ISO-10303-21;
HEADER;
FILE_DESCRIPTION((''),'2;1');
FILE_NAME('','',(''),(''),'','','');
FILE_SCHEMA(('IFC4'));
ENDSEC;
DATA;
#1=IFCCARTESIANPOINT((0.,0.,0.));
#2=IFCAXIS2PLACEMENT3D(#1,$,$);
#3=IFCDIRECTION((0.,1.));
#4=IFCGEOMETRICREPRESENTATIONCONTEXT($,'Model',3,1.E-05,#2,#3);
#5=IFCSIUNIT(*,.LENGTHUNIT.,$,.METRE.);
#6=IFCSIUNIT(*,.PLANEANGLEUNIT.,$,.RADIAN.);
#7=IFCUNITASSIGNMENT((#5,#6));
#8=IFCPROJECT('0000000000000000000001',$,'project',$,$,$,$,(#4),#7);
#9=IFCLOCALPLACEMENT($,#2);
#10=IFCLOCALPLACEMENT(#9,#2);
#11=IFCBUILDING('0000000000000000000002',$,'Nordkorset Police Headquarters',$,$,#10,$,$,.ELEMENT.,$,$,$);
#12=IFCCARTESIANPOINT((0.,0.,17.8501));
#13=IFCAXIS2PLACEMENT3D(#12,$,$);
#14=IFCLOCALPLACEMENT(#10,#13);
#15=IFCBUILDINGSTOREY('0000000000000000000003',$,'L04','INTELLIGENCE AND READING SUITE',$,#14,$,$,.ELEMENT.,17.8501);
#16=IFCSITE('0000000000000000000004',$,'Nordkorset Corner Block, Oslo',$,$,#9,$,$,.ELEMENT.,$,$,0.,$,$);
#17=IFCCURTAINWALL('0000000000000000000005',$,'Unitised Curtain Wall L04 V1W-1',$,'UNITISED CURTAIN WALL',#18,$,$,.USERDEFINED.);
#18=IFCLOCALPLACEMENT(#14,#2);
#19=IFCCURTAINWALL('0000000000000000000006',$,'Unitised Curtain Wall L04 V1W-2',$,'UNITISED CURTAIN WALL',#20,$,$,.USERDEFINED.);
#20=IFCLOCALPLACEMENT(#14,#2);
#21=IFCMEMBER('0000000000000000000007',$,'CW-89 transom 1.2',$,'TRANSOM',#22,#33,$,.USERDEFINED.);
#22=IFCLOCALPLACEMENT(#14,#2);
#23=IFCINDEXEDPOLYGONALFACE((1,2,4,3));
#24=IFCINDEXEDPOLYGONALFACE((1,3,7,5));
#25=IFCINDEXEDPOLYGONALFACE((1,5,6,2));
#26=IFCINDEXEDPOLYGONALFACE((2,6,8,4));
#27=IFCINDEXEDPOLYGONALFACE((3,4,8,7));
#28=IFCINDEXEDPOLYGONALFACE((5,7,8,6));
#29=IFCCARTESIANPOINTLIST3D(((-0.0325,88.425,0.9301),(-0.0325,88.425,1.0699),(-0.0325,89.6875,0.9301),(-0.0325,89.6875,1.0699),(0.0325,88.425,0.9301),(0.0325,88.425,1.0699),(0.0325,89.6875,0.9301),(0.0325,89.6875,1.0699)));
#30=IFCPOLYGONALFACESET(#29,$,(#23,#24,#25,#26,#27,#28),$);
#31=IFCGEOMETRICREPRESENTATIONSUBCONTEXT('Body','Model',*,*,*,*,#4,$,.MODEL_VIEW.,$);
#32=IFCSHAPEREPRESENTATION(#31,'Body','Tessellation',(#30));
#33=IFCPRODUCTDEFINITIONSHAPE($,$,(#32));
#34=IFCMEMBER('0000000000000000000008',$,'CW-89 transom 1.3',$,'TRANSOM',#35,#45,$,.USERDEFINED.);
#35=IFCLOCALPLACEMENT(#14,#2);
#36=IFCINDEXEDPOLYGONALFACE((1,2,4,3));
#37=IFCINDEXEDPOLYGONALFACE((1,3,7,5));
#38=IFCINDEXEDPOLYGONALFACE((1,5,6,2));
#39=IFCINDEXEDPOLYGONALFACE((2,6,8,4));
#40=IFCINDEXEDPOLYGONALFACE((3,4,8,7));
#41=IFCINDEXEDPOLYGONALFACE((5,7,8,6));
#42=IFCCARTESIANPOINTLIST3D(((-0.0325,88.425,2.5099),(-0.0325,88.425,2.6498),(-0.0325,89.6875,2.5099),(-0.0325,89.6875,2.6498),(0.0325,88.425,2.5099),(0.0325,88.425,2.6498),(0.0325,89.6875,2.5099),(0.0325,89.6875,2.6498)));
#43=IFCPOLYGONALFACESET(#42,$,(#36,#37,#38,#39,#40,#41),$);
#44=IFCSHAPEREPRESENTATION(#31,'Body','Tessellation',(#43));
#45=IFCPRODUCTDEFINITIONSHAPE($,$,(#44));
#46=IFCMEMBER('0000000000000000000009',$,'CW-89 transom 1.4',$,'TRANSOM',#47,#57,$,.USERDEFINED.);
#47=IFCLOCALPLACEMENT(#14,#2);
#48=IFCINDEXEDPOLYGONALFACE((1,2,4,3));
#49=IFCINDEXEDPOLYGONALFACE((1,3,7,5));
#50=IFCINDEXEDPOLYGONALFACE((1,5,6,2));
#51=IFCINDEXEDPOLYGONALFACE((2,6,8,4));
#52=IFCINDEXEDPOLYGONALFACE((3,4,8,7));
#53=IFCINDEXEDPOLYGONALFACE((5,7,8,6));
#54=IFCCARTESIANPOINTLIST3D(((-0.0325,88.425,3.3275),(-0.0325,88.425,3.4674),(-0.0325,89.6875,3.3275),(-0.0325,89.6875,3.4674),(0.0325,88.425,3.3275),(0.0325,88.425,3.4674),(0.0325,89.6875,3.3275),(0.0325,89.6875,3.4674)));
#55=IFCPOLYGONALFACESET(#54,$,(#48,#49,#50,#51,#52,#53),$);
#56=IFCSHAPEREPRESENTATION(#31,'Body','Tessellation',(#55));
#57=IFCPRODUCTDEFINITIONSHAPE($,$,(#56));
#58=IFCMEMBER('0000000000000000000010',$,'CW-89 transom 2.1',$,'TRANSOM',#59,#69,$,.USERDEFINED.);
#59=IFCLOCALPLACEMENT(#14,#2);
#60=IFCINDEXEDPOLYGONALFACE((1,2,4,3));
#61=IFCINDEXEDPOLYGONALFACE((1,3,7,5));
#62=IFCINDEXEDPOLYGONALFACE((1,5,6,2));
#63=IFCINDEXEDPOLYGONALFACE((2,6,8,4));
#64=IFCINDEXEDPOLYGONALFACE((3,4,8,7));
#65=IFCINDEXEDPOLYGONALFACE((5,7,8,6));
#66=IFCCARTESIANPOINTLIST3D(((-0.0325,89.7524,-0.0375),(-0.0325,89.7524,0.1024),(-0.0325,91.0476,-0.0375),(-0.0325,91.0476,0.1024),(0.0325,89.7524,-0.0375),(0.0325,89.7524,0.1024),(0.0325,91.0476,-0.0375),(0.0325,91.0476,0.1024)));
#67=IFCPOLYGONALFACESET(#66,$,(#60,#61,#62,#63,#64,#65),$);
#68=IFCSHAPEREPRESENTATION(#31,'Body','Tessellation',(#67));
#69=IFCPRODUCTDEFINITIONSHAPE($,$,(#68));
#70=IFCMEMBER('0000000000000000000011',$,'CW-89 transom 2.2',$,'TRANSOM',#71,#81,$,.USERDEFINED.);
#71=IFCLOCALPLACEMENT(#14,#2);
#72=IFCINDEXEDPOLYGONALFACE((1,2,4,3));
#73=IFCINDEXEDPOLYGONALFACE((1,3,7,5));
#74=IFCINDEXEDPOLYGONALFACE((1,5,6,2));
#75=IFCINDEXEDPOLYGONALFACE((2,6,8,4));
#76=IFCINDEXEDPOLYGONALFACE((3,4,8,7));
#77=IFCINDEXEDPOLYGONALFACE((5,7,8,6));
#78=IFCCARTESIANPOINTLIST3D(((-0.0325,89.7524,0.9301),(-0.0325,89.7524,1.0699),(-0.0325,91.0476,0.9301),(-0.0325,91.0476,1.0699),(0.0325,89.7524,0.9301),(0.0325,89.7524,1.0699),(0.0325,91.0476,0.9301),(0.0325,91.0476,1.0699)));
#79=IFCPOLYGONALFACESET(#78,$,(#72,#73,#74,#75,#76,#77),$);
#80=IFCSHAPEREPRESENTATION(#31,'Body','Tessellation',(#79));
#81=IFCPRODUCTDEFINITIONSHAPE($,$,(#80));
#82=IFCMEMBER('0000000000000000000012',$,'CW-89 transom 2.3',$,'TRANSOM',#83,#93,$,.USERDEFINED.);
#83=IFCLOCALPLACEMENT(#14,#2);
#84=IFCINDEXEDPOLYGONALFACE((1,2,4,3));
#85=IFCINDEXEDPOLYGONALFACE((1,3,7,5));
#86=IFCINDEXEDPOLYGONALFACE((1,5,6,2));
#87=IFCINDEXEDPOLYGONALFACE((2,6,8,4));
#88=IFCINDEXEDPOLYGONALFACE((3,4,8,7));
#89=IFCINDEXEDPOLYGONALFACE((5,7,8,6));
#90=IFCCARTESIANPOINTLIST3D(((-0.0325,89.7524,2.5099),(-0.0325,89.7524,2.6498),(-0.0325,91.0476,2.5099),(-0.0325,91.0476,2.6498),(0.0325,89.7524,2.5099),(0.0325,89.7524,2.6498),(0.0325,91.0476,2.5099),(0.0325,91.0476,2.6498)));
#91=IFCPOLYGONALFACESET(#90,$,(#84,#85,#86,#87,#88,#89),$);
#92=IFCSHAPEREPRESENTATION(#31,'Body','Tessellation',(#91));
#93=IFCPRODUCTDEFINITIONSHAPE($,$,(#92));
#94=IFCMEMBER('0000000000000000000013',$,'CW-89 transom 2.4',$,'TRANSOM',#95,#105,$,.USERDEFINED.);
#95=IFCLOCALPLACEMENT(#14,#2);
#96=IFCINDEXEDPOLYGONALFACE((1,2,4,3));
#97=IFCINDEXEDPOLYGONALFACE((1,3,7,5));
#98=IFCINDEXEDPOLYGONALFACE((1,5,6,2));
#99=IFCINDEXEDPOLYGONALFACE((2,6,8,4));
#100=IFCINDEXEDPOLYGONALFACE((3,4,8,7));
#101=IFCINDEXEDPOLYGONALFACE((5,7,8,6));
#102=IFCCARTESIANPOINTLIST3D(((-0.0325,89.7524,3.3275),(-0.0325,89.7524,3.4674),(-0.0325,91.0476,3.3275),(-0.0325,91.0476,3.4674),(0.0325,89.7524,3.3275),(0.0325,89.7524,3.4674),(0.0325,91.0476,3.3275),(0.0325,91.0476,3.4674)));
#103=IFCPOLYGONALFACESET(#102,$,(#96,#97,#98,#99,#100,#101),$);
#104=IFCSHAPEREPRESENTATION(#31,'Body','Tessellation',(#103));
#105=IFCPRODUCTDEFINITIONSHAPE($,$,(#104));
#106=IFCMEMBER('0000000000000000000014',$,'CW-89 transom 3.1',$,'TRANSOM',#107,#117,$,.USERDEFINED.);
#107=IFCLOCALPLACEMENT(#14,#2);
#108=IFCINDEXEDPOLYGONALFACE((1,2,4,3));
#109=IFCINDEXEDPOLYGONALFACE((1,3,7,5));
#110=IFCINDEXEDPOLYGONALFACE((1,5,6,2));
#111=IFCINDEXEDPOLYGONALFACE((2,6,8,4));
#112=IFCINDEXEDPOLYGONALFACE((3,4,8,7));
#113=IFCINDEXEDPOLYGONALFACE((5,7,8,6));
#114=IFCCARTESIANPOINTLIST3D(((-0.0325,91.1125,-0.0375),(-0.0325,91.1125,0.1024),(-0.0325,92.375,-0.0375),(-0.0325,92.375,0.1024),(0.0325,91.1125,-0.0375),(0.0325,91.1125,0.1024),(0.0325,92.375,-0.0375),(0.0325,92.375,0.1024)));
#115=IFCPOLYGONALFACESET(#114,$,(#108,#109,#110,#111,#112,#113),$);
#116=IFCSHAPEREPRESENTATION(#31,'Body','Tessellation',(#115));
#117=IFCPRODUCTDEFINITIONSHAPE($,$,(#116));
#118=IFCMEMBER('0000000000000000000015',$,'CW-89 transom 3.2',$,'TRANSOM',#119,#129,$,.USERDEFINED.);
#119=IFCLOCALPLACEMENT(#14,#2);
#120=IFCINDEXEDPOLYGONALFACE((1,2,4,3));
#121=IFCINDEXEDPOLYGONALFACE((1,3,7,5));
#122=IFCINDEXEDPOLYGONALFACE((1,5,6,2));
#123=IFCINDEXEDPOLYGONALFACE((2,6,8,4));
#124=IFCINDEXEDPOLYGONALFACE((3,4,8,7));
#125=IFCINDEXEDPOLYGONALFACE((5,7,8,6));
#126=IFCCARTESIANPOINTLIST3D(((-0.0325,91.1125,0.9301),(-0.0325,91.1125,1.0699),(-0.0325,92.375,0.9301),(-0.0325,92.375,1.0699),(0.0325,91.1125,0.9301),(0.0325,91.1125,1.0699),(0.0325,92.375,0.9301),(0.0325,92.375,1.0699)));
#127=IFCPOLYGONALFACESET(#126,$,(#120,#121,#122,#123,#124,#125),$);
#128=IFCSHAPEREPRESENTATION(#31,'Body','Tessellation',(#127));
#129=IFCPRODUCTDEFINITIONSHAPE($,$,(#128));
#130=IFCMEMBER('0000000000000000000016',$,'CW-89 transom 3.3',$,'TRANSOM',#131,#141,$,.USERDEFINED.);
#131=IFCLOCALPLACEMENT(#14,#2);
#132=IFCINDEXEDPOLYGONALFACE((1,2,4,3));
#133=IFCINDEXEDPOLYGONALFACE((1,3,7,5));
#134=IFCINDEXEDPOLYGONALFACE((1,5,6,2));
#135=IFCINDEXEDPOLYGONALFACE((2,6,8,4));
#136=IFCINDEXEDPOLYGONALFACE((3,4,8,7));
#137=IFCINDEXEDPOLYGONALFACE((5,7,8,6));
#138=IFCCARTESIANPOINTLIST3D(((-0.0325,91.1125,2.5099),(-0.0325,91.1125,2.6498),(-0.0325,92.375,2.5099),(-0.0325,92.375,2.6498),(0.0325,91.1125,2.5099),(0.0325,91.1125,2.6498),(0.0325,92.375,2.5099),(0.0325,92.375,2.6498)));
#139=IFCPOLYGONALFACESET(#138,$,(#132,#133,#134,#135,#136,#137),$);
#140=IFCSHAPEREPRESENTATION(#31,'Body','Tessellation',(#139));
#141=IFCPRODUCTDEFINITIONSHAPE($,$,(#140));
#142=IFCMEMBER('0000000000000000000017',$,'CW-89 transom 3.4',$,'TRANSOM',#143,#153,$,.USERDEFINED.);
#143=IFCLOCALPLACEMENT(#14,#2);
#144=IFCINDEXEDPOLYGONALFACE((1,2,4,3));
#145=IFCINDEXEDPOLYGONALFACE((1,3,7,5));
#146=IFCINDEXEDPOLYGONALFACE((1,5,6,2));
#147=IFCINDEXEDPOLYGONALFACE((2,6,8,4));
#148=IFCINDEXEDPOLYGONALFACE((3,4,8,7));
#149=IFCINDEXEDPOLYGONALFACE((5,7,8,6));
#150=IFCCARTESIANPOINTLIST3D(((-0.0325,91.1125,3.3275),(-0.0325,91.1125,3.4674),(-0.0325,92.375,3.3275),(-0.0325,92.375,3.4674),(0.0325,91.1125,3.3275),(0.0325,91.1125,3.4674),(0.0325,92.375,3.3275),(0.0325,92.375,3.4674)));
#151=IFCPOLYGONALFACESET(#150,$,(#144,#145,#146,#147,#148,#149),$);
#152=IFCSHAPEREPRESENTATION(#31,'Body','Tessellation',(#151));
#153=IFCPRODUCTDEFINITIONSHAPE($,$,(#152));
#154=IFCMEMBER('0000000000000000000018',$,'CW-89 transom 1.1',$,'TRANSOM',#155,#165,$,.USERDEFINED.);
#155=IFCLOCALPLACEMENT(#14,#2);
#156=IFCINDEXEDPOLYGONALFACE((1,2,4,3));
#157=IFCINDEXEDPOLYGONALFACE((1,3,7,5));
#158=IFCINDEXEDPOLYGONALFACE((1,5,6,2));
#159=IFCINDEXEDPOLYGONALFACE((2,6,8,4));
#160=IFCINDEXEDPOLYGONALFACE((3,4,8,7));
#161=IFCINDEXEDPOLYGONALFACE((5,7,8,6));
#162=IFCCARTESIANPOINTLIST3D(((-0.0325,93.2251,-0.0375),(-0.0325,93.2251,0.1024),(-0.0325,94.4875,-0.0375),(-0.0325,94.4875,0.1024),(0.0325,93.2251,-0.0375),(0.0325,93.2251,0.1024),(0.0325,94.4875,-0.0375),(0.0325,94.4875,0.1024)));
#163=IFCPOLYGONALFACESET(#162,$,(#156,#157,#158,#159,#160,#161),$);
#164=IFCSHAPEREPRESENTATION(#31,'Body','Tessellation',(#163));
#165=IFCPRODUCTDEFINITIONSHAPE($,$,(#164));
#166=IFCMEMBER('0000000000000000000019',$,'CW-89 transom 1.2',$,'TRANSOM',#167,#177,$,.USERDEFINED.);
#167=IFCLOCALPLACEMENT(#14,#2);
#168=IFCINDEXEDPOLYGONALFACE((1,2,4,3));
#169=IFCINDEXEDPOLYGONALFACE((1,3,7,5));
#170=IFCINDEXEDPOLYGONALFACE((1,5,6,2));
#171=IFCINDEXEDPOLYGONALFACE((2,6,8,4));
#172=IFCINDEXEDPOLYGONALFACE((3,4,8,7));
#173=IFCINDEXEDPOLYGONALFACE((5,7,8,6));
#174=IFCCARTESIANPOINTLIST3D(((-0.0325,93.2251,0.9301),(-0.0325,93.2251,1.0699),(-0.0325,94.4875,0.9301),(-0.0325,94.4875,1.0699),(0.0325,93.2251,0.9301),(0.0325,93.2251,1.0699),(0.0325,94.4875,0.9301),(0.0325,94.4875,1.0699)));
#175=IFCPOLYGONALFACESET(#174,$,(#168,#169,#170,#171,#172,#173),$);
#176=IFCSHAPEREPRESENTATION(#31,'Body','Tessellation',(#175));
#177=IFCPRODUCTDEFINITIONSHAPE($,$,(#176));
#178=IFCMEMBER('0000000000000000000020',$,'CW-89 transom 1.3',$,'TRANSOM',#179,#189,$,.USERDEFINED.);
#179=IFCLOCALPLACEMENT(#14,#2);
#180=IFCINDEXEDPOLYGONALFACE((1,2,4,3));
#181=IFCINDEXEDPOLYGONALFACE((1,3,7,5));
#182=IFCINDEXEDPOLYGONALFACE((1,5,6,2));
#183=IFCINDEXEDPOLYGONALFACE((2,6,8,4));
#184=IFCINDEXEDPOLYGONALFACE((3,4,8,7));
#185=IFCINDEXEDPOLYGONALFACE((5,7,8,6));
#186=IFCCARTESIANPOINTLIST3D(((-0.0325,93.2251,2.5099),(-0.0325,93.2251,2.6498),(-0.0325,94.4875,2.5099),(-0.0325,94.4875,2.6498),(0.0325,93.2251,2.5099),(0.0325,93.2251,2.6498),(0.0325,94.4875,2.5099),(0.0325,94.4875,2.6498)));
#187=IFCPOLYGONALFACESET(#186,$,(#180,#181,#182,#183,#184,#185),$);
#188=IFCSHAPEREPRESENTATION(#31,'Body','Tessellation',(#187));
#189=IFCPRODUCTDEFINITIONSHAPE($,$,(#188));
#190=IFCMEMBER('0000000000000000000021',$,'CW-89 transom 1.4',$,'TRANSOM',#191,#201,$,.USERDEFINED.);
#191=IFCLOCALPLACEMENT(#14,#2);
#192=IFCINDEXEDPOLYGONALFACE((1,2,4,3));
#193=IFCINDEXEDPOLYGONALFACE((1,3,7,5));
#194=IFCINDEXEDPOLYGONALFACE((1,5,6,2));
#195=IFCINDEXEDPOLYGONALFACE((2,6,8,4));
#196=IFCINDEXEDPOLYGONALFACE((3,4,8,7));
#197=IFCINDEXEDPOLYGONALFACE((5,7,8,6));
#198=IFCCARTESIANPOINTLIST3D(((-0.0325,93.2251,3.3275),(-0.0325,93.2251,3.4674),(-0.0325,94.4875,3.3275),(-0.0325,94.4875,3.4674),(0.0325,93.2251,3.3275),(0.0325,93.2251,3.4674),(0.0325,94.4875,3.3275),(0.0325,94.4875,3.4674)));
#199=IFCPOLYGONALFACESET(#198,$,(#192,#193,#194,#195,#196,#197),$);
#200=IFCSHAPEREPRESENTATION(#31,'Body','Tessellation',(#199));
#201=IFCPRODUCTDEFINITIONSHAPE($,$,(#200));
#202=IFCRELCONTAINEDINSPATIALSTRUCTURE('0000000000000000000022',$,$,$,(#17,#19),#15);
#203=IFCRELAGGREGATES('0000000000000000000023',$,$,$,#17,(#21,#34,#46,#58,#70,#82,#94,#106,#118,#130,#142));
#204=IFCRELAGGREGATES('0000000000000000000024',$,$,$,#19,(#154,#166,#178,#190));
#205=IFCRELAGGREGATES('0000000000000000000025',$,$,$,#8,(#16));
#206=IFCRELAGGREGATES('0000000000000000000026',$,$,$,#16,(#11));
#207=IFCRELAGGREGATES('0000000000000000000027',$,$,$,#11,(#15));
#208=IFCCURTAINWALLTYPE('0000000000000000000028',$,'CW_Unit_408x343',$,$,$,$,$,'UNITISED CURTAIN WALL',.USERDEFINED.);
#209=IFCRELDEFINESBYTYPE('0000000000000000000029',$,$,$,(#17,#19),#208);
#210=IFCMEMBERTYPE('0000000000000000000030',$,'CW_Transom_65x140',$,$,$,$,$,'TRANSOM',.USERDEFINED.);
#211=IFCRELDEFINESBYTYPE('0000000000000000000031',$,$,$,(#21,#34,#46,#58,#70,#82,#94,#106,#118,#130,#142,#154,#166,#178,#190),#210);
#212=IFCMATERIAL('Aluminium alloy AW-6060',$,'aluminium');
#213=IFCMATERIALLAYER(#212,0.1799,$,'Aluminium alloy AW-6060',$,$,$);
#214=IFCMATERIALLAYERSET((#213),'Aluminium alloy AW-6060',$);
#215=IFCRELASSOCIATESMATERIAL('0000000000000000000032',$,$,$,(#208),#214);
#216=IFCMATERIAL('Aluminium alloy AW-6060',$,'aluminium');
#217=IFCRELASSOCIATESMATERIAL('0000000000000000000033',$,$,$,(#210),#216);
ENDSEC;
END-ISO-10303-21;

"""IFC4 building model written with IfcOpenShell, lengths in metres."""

from ifc_helpers import new_model, si_unit, direction, frame, origin, origin_2d, place, context, subcontext, project, spatial, rectangle, extrude, material, layer, layer_set, material_profile, profile_set, type_object, element, aggregate, save


model = new_model("IFC4")

# Units and contexts
model_context = context("Model", 3, precision=1e-05, world=origin(), true_north=direction((0.0, 1.0)))
body_context = subcontext(model_context, "Body", "Model", "MODEL_VIEW")
ifc_project = project(units=[si_unit("LENGTHUNIT", "METRE"), si_unit("PLANEANGLEUNIT", "RADIAN")], contexts=[model_context])

# Site, building, storey
site_placement = place(None, origin())
site = spatial("IfcSite", under=ifc_project, at=site_placement, Name="Nordkorset Corner Block, Oslo", CompositionType="ELEMENT", RefElevation=0.0)
building_placement = place(site_placement, origin())
building = spatial("IfcBuilding", under=site, at=building_placement, Name="Nordkorset Police Headquarters", CompositionType="ELEMENT")
storey_placement = place(building_placement, frame((0.0, 0.0, 17.8501)))
storey = spatial("IfcBuildingStorey", under=building, at=storey_placement, Name="L04", Description="INTELLIGENCE AND READING SUITE", CompositionType="ELEMENT", Elevation=17.8501)

# Curtain walls
ifc_material_1 = material(Name="Aluminium alloy AW-6060", Category="aluminium")
ifc_layer_1 = layer(ifc_material_1, 0.1799, Name="Aluminium alloy AW-6060")
ifc_layer_set_1 = layer_set([ifc_layer_1], Name="Aluminium alloy AW-6060")
curtain_wall_type = type_object("IfcCurtainWallType", Name="CW_Unit_408x343", ElementType="UNITISED CURTAIN WALL", PredefinedType="USERDEFINED", material=ifc_layer_set_1)
curtain_wall_1_placement = place(storey_placement, origin())
curtain_wall_1 = element("IfcCurtainWall", 1, at=curtain_wall_1_placement, inside=storey, type_object=curtain_wall_type, Name="Unitised Curtain Wall L04 V1W-1", ObjectType="UNITISED CURTAIN WALL", PredefinedType="USERDEFINED")
curtain_wall_2_placement = place(storey_placement, origin())
curtain_wall_2 = element("IfcCurtainWall", 2, at=curtain_wall_2_placement, inside=storey, type_object=curtain_wall_type, Name="Unitised Curtain Wall L04 V1W-2", ObjectType="UNITISED CURTAIN WALL", PredefinedType="USERDEFINED")

# Members
ifc_material_2 = material(Name="Aluminium alloy AW-6060", Category="aluminium")
ifc_material_profile_1 = material_profile(ifc_material_2, rectangle(XDim=0.0649, YDim=0.1399, at=origin_2d()), Name="ALU TRAN 65x140")
ifc_profile_set_1 = profile_set([ifc_material_profile_1], Name="Aluminium alloy AW-6060")
member_type_1 = type_object("IfcMemberType", Name="CW_Transom_65x140", ElementType="TRANSOM", PredefinedType="USERDEFINED", material=ifc_profile_set_1)
member_1_placement = place(storey_placement, frame((0.0, 88.425, 1.0), z_axis=(0.0, 1.0, 0.0), x_axis=(-1.0, 0.0, 0.0)))
member_1 = element("IfcMember", 3, at=member_1_placement, type_object=member_type_1, Name="CW-89 transom 1.2", ObjectType="TRANSOM", PredefinedType="USERDEFINED", context=body_context, shape_type="SweptSolid", body=[
    extrude(rectangle(XDim=0.0649, YDim=0.1399, at=origin_2d()), origin(), (0.0, 0.0, 1.0), 1.2625),
])
member_2_placement = place(storey_placement, frame((0.0, 88.425, 2.5798), z_axis=(0.0, 1.0, 0.0), x_axis=(-1.0, 0.0, 0.0)))
member_2 = element("IfcMember", 4, at=member_2_placement, type_object=member_type_1, Name="CW-89 transom 1.3", ObjectType="TRANSOM", PredefinedType="USERDEFINED", context=body_context, shape_type="SweptSolid", body=[
    extrude(rectangle(XDim=0.0649, YDim=0.1399, at=origin_2d()), origin(), (0.0, 0.0, 1.0), 1.2625),
])
member_3_placement = place(storey_placement, frame((0.0, 88.425, 3.3975), z_axis=(0.0, 1.0, 0.0), x_axis=(-1.0, 0.0, 0.0)))
member_3 = element("IfcMember", 5, at=member_3_placement, type_object=member_type_1, Name="CW-89 transom 1.4", ObjectType="TRANSOM", PredefinedType="USERDEFINED", context=body_context, shape_type="SweptSolid", body=[
    extrude(rectangle(XDim=0.0649, YDim=0.1399, at=origin_2d()), origin(), (0.0, 0.0, 1.0), 1.2625),
])
member_4_placement = place(storey_placement, frame((0.0, 89.7524, 0.0325), z_axis=(0.0, 1.0, 0.0), x_axis=(-1.0, 0.0, 0.0)))
member_4 = element("IfcMember", 6, at=member_4_placement, type_object=member_type_1, Name="CW-89 transom 2.1", ObjectType="TRANSOM", PredefinedType="USERDEFINED", context=body_context, shape_type="SweptSolid", body=[
    extrude(rectangle(XDim=0.0649, YDim=0.1399, at=origin_2d()), origin(), (0.0, 0.0, 1.0), 1.2952),
])
member_5_placement = place(storey_placement, frame((0.0, 89.7524, 1.0), z_axis=(0.0, 1.0, 0.0), x_axis=(-1.0, 0.0, 0.0)))
member_5 = element("IfcMember", 7, at=member_5_placement, type_object=member_type_1, Name="CW-89 transom 2.2", ObjectType="TRANSOM", PredefinedType="USERDEFINED", context=body_context, shape_type="SweptSolid", body=[
    extrude(rectangle(XDim=0.0649, YDim=0.1399, at=origin_2d()), origin(), (0.0, 0.0, 1.0), 1.2952),
])
member_6_placement = place(storey_placement, frame((0.0, 89.7524, 2.5798), z_axis=(0.0, 1.0, 0.0), x_axis=(-1.0, 0.0, 0.0)))
member_6 = element("IfcMember", 8, at=member_6_placement, type_object=member_type_1, Name="CW-89 transom 2.3", ObjectType="TRANSOM", PredefinedType="USERDEFINED", context=body_context, shape_type="SweptSolid", body=[
    extrude(rectangle(XDim=0.0649, YDim=0.1399, at=origin_2d()), origin(), (0.0, 0.0, 1.0), 1.2952),
])
member_7_placement = place(storey_placement, frame((0.0, 89.7524, 3.3975), z_axis=(0.0, 1.0, 0.0), x_axis=(-1.0, 0.0, 0.0)))
member_7 = element("IfcMember", 9, at=member_7_placement, type_object=member_type_1, Name="CW-89 transom 2.4", ObjectType="TRANSOM", PredefinedType="USERDEFINED", context=body_context, shape_type="SweptSolid", body=[
    extrude(rectangle(XDim=0.0649, YDim=0.1399, at=origin_2d()), origin(), (0.0, 0.0, 1.0), 1.2952),
])
member_8_placement = place(storey_placement, frame((0.0, 91.1125, 0.0325), z_axis=(0.0, 1.0, 0.0), x_axis=(-1.0, 0.0, 0.0)))
member_8 = element("IfcMember", 10, at=member_8_placement, type_object=member_type_1, Name="CW-89 transom 3.1", ObjectType="TRANSOM", PredefinedType="USERDEFINED", context=body_context, shape_type="SweptSolid", body=[
    extrude(rectangle(XDim=0.0649, YDim=0.1399, at=origin_2d()), origin(), (0.0, 0.0, 1.0), 1.2625),
])
member_9_placement = place(storey_placement, frame((0.0, 91.1125, 1.0), z_axis=(0.0, 1.0, 0.0), x_axis=(-1.0, 0.0, 0.0)))
member_9 = element("IfcMember", 11, at=member_9_placement, type_object=member_type_1, Name="CW-89 transom 3.2", ObjectType="TRANSOM", PredefinedType="USERDEFINED", context=body_context, shape_type="SweptSolid", body=[
    extrude(rectangle(XDim=0.0649, YDim=0.1399, at=origin_2d()), origin(), (0.0, 0.0, 1.0), 1.2625),
])
member_10_placement = place(storey_placement, frame((0.0, 91.1125, 2.5798), z_axis=(0.0, 1.0, 0.0), x_axis=(-1.0, 0.0, 0.0)))
member_10 = element("IfcMember", 12, at=member_10_placement, type_object=member_type_1, Name="CW-89 transom 3.3", ObjectType="TRANSOM", PredefinedType="USERDEFINED", context=body_context, shape_type="SweptSolid", body=[
    extrude(rectangle(XDim=0.0649, YDim=0.1399, at=origin_2d()), origin(), (0.0, 0.0, 1.0), 1.2625),
])
member_11_placement = place(storey_placement, frame((0.0, 91.1125, 3.3975), z_axis=(0.0, 1.0, 0.0), x_axis=(-1.0, 0.0, 0.0)))
member_11 = element("IfcMember", 13, at=member_11_placement, type_object=member_type_1, Name="CW-89 transom 3.4", ObjectType="TRANSOM", PredefinedType="USERDEFINED", context=body_context, shape_type="SweptSolid", body=[
    extrude(rectangle(XDim=0.0649, YDim=0.1399, at=origin_2d()), origin(), (0.0, 0.0, 1.0), 1.2625),
])
member_12_placement = place(storey_placement, frame((0.0, 93.2251, 0.0325), z_axis=(0.0, 1.0, 0.0), x_axis=(-1.0, 0.0, 0.0)))
member_12 = element("IfcMember", 14, at=member_12_placement, type_object=member_type_1, Name="CW-89 transom 1.1", ObjectType="TRANSOM", PredefinedType="USERDEFINED", context=body_context, shape_type="SweptSolid", body=[
    extrude(rectangle(XDim=0.0649, YDim=0.1399, at=origin_2d()), origin(), (0.0, 0.0, 1.0), 1.2625),
])
member_13_placement = place(storey_placement, frame((0.0, 93.2251, 1.0), z_axis=(0.0, 1.0, 0.0), x_axis=(-1.0, 0.0, 0.0)))
member_13 = element("IfcMember", 15, at=member_13_placement, type_object=member_type_1, Name="CW-89 transom 1.2", ObjectType="TRANSOM", PredefinedType="USERDEFINED", context=body_context, shape_type="SweptSolid", body=[
    extrude(rectangle(XDim=0.0649, YDim=0.1399, at=origin_2d()), origin(), (0.0, 0.0, 1.0), 1.2625),
])
member_14_placement = place(storey_placement, frame((0.0, 93.2251, 2.5798), z_axis=(0.0, 1.0, 0.0), x_axis=(-1.0, 0.0, 0.0)))
member_14 = element("IfcMember", 16, at=member_14_placement, type_object=member_type_1, Name="CW-89 transom 1.3", ObjectType="TRANSOM", PredefinedType="USERDEFINED", context=body_context, shape_type="SweptSolid", body=[
    extrude(rectangle(XDim=0.0649, YDim=0.1399, at=origin_2d()), origin(), (0.0, 0.0, 1.0), 1.2625),
])
member_15_placement = place(storey_placement, frame((0.0, 93.2251, 3.3975), z_axis=(0.0, 1.0, 0.0), x_axis=(-1.0, 0.0, 0.0)))
member_15 = element("IfcMember", 17, at=member_15_placement, type_object=member_type_1, Name="CW-89 transom 1.4", ObjectType="TRANSOM", PredefinedType="USERDEFINED", context=body_context, shape_type="SweptSolid", body=[
    extrude(rectangle(XDim=0.0649, YDim=0.1399, at=origin_2d()), origin(), (0.0, 0.0, 1.0), 1.2625),
])

aggregate(curtain_wall_1, [member_1, member_2, member_3, member_4, member_5, member_6, member_7, member_8, member_9, member_10, member_11])
aggregate(curtain_wall_2, [member_12, member_13, member_14, member_15])

save(model, "model.ifc")
